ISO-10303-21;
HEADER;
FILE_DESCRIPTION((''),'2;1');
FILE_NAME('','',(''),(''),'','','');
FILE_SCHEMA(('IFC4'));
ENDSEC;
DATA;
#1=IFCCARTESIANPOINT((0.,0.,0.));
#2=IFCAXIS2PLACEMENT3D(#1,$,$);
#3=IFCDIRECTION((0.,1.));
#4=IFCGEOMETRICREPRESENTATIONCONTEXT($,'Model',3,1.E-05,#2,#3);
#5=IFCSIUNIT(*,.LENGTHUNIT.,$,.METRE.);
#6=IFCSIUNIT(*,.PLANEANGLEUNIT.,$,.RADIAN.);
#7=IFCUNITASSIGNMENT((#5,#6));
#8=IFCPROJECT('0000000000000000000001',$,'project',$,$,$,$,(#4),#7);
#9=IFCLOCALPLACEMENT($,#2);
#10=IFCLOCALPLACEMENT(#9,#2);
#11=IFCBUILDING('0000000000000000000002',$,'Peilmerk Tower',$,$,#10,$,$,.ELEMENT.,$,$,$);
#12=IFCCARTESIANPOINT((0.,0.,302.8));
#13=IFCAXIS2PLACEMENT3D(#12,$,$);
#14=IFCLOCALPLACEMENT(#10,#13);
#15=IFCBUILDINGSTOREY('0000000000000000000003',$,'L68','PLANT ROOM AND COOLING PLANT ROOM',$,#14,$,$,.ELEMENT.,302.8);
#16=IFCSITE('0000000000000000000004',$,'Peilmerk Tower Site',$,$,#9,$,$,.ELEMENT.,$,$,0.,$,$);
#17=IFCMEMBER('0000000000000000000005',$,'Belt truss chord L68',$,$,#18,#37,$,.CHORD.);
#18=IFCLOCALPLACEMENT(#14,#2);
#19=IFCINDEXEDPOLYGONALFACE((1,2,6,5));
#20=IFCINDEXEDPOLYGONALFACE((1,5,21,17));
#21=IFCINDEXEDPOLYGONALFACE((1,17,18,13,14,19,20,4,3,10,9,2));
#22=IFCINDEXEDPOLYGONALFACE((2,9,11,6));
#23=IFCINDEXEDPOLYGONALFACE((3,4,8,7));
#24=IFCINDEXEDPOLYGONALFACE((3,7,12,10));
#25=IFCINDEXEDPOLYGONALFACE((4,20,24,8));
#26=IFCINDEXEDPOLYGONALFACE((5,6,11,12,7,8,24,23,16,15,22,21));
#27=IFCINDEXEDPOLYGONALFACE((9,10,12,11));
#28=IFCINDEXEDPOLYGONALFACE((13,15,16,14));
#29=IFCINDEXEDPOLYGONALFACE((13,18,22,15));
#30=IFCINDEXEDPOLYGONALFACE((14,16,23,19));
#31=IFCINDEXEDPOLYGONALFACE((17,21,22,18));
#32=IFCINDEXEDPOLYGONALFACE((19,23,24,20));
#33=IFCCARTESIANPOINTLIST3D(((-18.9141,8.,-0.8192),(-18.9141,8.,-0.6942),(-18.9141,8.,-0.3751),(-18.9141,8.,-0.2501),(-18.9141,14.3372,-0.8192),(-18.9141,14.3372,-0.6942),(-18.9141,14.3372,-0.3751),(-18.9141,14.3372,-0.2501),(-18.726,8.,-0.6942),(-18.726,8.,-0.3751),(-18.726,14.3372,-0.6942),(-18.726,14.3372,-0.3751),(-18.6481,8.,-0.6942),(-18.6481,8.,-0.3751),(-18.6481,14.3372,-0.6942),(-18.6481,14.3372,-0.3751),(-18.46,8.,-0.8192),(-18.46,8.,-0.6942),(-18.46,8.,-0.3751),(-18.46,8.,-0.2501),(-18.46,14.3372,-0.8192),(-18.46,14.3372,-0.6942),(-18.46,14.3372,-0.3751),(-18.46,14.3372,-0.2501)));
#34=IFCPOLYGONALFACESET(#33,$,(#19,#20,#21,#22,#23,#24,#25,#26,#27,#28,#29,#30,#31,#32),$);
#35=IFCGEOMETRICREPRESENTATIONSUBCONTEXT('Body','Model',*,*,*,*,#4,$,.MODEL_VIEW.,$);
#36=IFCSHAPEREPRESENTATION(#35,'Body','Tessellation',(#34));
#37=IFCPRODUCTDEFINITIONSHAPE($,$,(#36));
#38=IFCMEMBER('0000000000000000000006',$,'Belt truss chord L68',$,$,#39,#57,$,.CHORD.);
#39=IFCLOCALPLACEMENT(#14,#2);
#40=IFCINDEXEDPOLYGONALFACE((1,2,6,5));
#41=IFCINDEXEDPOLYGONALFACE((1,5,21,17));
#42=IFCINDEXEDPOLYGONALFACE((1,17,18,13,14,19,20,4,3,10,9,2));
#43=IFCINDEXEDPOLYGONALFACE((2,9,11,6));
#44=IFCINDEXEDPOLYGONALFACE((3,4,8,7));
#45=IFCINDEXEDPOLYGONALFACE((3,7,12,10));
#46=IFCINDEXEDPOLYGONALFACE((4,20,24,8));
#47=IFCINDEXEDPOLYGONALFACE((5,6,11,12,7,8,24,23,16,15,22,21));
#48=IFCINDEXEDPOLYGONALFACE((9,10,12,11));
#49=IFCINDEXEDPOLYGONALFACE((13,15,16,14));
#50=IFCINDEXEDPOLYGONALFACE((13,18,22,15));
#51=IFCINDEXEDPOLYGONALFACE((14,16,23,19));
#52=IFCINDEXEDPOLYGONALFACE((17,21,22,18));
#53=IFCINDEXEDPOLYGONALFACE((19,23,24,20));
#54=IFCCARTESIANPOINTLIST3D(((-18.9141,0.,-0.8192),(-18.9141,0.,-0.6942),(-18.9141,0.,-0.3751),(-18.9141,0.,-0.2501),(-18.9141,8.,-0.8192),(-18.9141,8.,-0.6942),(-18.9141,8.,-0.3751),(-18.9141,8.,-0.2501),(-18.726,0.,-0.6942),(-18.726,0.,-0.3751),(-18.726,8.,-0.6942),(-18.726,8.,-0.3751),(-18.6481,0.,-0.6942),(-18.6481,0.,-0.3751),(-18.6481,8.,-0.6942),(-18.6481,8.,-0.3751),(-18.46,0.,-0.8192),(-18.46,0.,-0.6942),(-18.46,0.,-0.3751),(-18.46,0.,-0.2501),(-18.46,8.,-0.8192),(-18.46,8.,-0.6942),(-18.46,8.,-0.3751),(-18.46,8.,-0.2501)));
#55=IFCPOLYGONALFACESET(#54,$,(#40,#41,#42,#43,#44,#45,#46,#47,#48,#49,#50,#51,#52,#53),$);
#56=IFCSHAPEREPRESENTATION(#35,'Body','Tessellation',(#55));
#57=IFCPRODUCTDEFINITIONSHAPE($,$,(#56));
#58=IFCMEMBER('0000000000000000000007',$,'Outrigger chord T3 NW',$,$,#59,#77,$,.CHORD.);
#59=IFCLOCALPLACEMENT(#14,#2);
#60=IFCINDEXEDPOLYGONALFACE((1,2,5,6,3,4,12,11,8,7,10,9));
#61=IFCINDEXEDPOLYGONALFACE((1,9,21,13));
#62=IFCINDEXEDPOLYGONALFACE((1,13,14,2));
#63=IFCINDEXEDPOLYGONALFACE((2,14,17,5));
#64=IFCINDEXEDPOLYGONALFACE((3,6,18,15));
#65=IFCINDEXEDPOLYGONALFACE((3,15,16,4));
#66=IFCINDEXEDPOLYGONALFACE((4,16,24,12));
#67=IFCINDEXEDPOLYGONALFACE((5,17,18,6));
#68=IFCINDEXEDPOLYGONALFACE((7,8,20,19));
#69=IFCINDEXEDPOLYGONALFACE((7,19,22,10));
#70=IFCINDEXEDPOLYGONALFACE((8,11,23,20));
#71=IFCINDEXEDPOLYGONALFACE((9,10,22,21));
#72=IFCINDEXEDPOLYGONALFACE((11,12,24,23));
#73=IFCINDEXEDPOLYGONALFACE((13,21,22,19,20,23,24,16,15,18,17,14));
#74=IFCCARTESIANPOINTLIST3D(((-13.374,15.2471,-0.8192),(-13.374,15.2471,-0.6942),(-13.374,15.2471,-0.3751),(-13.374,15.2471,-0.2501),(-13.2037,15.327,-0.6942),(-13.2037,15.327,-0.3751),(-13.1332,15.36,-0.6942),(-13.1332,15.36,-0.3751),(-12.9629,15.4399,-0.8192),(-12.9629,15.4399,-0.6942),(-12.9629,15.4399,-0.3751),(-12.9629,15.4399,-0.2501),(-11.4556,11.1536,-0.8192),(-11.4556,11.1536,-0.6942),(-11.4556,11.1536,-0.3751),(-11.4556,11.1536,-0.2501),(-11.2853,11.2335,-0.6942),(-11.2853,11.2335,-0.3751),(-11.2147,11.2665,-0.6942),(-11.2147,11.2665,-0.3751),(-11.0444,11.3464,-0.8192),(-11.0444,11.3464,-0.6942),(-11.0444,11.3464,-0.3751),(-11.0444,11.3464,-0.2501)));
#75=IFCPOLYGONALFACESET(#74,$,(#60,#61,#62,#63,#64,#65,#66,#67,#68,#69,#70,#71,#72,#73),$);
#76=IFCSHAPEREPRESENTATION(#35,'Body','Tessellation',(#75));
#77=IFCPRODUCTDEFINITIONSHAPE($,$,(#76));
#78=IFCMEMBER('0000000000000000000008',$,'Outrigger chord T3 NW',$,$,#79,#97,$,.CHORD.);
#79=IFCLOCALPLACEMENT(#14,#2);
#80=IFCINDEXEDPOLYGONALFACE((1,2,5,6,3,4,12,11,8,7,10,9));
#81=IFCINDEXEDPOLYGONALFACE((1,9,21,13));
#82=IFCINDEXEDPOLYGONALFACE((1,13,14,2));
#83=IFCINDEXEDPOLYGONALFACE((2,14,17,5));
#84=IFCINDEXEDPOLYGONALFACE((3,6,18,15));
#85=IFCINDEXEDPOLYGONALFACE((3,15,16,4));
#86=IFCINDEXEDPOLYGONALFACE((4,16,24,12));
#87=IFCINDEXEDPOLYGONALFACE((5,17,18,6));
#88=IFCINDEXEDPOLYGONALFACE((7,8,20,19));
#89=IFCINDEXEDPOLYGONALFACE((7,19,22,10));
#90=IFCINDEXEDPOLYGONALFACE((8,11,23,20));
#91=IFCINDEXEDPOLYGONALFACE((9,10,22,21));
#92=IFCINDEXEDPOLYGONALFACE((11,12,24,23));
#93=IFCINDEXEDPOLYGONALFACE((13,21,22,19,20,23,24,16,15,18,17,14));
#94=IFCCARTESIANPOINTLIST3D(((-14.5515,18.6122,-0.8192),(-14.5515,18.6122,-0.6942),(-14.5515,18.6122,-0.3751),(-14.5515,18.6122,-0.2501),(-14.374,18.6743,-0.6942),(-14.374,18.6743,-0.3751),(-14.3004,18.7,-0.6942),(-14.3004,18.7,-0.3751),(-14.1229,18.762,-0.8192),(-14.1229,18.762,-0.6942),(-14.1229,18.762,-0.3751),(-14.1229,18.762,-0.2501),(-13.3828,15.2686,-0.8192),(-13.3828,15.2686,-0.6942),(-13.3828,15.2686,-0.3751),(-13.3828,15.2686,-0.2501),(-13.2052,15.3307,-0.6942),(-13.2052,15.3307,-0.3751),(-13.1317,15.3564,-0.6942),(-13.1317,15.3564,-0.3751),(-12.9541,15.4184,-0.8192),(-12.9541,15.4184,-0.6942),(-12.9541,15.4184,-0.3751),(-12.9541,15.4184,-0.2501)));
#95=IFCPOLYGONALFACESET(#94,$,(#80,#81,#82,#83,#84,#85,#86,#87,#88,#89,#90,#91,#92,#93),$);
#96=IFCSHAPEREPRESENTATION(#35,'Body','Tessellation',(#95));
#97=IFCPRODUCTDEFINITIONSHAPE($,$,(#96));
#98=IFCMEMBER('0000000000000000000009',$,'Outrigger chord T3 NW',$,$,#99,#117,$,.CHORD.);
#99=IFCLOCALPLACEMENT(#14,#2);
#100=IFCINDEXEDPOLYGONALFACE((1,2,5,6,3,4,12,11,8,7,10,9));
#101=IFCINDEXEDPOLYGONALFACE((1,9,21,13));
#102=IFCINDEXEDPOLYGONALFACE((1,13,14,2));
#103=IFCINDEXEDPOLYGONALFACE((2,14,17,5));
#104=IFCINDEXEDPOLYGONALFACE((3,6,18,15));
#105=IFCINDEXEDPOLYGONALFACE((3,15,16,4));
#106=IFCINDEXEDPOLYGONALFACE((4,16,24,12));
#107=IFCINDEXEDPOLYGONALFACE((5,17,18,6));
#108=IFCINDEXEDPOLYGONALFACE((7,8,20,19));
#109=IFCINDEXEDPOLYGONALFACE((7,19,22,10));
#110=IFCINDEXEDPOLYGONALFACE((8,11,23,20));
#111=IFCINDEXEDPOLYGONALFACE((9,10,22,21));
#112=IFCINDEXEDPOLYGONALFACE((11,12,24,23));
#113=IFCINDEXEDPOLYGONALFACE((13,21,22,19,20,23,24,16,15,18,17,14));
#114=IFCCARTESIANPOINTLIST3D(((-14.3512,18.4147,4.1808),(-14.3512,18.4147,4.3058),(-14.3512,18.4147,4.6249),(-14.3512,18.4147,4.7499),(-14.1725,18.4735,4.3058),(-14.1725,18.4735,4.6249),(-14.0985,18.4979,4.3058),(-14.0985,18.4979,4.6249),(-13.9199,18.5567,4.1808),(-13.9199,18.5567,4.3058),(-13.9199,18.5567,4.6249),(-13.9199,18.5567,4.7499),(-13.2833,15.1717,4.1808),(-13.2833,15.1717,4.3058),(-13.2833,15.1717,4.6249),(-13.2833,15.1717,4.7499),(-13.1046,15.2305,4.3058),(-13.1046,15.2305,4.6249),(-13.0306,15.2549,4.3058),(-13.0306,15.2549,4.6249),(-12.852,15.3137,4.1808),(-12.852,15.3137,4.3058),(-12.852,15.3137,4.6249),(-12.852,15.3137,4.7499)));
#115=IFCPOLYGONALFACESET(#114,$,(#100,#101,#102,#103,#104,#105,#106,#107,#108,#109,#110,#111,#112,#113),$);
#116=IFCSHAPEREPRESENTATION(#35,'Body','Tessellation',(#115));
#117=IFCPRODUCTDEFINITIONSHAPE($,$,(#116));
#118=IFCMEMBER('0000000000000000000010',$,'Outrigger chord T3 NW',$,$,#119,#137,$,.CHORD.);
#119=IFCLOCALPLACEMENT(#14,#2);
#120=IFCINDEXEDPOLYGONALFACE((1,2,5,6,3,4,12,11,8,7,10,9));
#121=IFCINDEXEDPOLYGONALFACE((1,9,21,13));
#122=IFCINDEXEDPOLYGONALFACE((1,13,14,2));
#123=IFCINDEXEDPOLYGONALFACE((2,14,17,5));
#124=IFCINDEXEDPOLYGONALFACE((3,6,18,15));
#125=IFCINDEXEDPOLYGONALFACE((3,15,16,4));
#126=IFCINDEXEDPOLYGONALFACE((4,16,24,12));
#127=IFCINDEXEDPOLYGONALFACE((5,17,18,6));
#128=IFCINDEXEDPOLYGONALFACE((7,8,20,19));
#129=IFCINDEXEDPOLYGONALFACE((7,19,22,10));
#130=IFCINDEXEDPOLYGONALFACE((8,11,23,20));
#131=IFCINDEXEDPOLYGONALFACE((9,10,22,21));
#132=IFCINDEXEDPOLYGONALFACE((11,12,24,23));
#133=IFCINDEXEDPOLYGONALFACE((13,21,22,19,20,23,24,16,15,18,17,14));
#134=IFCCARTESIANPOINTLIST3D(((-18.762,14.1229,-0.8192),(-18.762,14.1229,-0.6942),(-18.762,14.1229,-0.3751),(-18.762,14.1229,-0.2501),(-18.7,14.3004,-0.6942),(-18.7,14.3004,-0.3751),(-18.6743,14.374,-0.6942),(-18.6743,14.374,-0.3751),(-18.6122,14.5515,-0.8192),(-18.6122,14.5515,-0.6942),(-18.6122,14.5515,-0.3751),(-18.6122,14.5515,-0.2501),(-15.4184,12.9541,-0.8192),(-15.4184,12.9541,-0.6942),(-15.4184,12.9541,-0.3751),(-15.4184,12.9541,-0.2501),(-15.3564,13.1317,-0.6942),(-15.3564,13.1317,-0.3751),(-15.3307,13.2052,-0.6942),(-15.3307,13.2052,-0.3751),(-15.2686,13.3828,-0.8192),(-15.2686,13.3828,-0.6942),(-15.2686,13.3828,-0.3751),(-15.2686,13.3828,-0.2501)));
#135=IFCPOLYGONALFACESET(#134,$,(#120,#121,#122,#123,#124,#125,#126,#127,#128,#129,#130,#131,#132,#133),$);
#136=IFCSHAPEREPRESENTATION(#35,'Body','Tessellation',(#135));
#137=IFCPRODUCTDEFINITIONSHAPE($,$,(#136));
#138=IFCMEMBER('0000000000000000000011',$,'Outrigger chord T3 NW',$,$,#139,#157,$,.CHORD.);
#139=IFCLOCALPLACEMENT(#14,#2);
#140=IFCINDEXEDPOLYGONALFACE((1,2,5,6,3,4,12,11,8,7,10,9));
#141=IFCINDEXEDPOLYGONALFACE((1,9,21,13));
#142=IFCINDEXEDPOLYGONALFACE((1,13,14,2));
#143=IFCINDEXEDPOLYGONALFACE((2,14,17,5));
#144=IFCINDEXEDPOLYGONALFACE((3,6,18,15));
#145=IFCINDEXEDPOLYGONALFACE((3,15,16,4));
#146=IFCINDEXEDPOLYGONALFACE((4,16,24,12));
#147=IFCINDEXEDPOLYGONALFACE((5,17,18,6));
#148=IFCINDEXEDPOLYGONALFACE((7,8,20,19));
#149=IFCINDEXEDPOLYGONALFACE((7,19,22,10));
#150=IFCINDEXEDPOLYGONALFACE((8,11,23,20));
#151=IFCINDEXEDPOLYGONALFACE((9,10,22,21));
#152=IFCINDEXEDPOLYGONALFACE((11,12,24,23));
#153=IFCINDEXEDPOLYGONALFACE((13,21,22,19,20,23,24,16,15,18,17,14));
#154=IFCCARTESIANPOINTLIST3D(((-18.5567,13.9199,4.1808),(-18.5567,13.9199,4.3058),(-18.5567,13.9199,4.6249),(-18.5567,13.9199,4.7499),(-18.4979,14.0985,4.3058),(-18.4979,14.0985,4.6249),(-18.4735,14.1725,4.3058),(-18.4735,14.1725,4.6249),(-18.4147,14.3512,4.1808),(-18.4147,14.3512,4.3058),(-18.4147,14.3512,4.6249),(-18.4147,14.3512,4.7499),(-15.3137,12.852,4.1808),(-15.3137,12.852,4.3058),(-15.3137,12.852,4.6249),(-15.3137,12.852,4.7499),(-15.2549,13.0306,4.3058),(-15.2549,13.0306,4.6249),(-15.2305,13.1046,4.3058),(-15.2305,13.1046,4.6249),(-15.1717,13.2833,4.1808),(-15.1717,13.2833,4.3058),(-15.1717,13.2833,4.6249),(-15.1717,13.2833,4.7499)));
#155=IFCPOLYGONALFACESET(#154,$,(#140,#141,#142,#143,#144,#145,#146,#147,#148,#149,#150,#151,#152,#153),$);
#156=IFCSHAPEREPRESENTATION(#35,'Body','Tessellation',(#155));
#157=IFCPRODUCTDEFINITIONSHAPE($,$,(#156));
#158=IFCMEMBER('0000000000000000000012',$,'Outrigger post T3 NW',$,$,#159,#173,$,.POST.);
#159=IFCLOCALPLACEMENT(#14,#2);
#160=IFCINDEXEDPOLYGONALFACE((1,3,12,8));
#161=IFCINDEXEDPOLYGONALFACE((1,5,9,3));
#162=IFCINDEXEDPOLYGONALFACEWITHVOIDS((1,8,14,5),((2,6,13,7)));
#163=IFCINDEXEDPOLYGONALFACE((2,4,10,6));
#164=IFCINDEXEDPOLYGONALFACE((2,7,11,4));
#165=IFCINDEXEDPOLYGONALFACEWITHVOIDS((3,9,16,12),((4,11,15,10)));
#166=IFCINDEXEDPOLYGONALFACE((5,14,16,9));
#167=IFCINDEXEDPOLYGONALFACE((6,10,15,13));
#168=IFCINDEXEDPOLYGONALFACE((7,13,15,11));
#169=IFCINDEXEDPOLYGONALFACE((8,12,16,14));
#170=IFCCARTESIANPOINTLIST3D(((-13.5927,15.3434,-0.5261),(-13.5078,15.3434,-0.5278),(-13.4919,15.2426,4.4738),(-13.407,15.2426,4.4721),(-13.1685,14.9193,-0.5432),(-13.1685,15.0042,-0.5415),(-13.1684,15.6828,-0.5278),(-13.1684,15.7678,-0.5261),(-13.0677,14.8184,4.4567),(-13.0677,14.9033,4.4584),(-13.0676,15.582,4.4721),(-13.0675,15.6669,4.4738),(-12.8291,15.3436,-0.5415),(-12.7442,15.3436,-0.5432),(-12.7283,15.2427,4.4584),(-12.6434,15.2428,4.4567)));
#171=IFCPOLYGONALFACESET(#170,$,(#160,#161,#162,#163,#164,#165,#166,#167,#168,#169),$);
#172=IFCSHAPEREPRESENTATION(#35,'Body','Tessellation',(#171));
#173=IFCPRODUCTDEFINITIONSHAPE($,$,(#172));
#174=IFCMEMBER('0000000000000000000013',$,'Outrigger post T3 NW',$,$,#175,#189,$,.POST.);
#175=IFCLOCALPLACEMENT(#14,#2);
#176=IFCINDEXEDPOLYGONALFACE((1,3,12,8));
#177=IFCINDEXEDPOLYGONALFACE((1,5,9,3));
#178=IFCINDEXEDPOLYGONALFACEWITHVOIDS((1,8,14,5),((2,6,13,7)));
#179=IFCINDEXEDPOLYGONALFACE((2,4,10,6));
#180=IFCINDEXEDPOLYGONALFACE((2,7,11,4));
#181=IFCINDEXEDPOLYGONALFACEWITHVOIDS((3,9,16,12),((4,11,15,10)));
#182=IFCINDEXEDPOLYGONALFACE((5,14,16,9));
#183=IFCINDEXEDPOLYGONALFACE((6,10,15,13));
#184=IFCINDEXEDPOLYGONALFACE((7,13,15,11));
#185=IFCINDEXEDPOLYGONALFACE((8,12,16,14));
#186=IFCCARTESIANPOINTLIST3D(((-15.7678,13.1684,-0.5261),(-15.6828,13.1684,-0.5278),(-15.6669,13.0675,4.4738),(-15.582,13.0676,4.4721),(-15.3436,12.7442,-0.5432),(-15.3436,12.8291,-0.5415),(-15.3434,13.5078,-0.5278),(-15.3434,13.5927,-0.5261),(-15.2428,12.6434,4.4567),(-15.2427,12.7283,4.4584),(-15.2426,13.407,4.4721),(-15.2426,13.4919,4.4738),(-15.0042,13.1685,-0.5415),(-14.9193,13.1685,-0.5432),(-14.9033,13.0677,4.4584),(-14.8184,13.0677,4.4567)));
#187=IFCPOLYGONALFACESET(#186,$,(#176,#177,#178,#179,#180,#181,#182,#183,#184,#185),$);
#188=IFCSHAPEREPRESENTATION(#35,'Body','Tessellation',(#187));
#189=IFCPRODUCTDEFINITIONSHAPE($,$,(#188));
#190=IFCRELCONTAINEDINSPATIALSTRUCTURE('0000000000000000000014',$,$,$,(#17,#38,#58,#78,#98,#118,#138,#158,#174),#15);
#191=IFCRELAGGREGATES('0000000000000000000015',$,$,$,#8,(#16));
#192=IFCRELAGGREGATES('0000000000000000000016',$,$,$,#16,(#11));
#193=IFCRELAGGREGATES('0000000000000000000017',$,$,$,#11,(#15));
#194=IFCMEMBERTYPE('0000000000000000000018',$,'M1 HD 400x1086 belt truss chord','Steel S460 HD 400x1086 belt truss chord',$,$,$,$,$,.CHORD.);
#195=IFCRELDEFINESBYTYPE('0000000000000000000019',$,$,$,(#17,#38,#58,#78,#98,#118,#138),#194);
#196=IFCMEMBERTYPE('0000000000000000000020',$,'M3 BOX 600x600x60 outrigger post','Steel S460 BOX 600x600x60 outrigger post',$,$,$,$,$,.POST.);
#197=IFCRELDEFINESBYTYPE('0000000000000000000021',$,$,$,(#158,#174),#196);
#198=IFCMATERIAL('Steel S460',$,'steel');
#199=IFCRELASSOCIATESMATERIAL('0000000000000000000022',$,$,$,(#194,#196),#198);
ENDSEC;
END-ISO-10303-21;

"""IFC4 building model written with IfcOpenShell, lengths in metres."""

from ifc_helpers import new_model, si_unit, direction, frame, origin, origin_2d, place, context, subcontext, project, spatial, hollow_rectangle, i_section, extrude, material, material_profile, profile_set, type_object, element, save


model = new_model("IFC4")

# Units and contexts
model_context = context("Model", 3, precision=1e-05, world=origin(), true_north=direction((0.0, 1.0)))
body_context = subcontext(model_context, "Body", "Model", "MODEL_VIEW")
ifc_project = project(units=[si_unit("LENGTHUNIT", "METRE"), si_unit("PLANEANGLEUNIT", "RADIAN")], contexts=[model_context])

# Site, building, storey
site_placement = place(None, origin())
site = spatial("IfcSite", under=ifc_project, at=site_placement, Name="Peilmerk Tower Site", CompositionType="ELEMENT", RefElevation=0.0)
building_placement = place(site_placement, origin())
building = spatial("IfcBuilding", under=site, at=building_placement, Name="Peilmerk Tower", CompositionType="ELEMENT")
storey_placement = place(building_placement, frame((0.0, 0.0, 302.8)))
storey = spatial("IfcBuildingStorey", under=building, at=storey_placement, Name="L68", Description="PLANT ROOM AND COOLING PLANT ROOM", CompositionType="ELEMENT", Elevation=302.8)

# Shared definitions
ifc_material_1 = material(Name="Steel S460", Category="steel")

# Members
ifc_material_profile_1 = material_profile(ifc_material_1, i_section(OverallWidth=0.4541, OverallDepth=0.5691, WebThickness=0.0779, FlangeThickness=0.125, at=origin_2d()), Name="HD 400x1086")
ifc_profile_set_1 = profile_set([ifc_material_profile_1], Name="Steel S460")
member_type_1 = type_object("IfcMemberType", Name="M1 HD 400x1086 belt truss chord", Description="Steel S460 HD 400x1086 belt truss chord", PredefinedType="CHORD", material=ifc_profile_set_1)
member_1_placement = place(storey_placement, frame((-18.687, 14.3372, -0.5347), z_axis=(0.0, -1.0, 0.0), x_axis=(1.0, 0.0, 0.0)))
element("IfcMember", 1, at=member_1_placement, inside=storey, type_object=member_type_1, Name="Belt truss chord L68", PredefinedType="CHORD", context=body_context, shape_type="SweptSolid", body=[
    extrude(i_section(OverallWidth=0.4541, OverallDepth=0.5691, WebThickness=0.0779, FlangeThickness=0.125, at=origin_2d()), origin(), (0.0, 0.0, 1.0), 6.3372),
])
member_2_placement = place(storey_placement, frame((-18.687, 8.0, -0.5347), z_axis=(0.0, -1.0, 0.0), x_axis=(1.0, 0.0, 0.0)))
element("IfcMember", 2, at=member_2_placement, inside=storey, type_object=member_type_1, Name="Belt truss chord L68", PredefinedType="CHORD", context=body_context, shape_type="SweptSolid", body=[
    extrude(i_section(OverallWidth=0.4541, OverallDepth=0.5691, WebThickness=0.0779, FlangeThickness=0.125, at=origin_2d()), origin(), (0.0, 0.0, 1.0), 8.0),
])
member_3_placement = place(storey_placement, frame((-11.25, 11.25, -0.5347), z_axis=(-0.424366, 0.905491, 0.0), x_axis=(-0.905491, -0.424366, 0.0)))
element("IfcMember", 3, at=member_3_placement, inside=storey, type_object=member_type_1, Name="Outrigger chord T3 NW", PredefinedType="CHORD", context=body_context, shape_type="SweptSolid", body=[
    extrude(i_section(OverallWidth=0.4541, OverallDepth=0.5691, WebThickness=0.0779, FlangeThickness=0.125, at=origin_2d()), origin(), (0.0, 0.0, 1.0), 4.5208),
])
member_4_placement = place(storey_placement, frame((-13.1685, 15.3435, -0.5347), z_axis=(-0.329967, 0.943993, 0.0), x_axis=(-0.943993, -0.329967, 0.0)))
element("IfcMember", 4, at=member_4_placement, inside=storey, type_object=member_type_1, Name="Outrigger chord T3 NW", PredefinedType="CHORD", context=body_context, shape_type="SweptSolid", body=[
    extrude(i_section(OverallWidth=0.4541, OverallDepth=0.5691, WebThickness=0.0779, FlangeThickness=0.125, at=origin_2d()), origin(), (0.0, 0.0, 1.0), 3.542),
])
member_5_placement = place(storey_placement, frame((-13.0676, 15.2427, 4.4653), z_axis=(-0.312772, 0.949828, 0.0), x_axis=(-0.949828, -0.312772, 0.0)))
element("IfcMember", 5, at=member_5_placement, inside=storey, type_object=member_type_1, Name="Outrigger chord T3 NW", PredefinedType="CHORD", context=body_context, shape_type="SweptSolid", body=[
    extrude(i_section(OverallWidth=0.4541, OverallDepth=0.5691, WebThickness=0.0779, FlangeThickness=0.125, at=origin_2d()), origin(), (0.0, 0.0, 1.0), 3.4143),
])
member_6_placement = place(storey_placement, frame((-15.3435, 13.1685, -0.5347), z_axis=(-0.943993, 0.329967, 0.0), x_axis=(-0.329967, -0.943993, 0.0)))
element("IfcMember", 6, at=member_6_placement, inside=storey, type_object=member_type_1, Name="Outrigger chord T3 NW", PredefinedType="CHORD", context=body_context, shape_type="SweptSolid", body=[
    extrude(i_section(OverallWidth=0.4541, OverallDepth=0.5691, WebThickness=0.0779, FlangeThickness=0.125, at=origin_2d()), origin(), (0.0, 0.0, 1.0), 3.542),
])
member_7_placement = place(storey_placement, frame((-15.2427, 13.0676, 4.4653), z_axis=(-0.949828, 0.312772, 0.0), x_axis=(-0.312772, -0.949828, 0.0)))
element("IfcMember", 7, at=member_7_placement, inside=storey, type_object=member_type_1, Name="Outrigger chord T3 NW", PredefinedType="CHORD", context=body_context, shape_type="SweptSolid", body=[
    extrude(i_section(OverallWidth=0.4541, OverallDepth=0.5691, WebThickness=0.0779, FlangeThickness=0.125, at=origin_2d()), origin(), (0.0, 0.0, 1.0), 3.4143),
])
ifc_material_profile_2 = material_profile(ifc_material_1, hollow_rectangle(XDim=0.6001, YDim=0.6001, WallThickness=0.0601, at=origin_2d()), Name="BOX 600x600x60")
ifc_profile_set_2 = profile_set([ifc_material_profile_2], Name="Steel S460")
member_type_2 = type_object("IfcMemberType", Name="M3 BOX 600x600x60 outrigger post", Description="Steel S460 BOX 600x600x60 outrigger post", PredefinedType="POST", material=ifc_profile_set_2)
for number, where, z_axis, x_axis, name in (
    (8, (-13.1685, 15.3435, -0.5347), (0.020158, -0.020158, 0.999594), (0.707107, 0.707107, 0.0), "Outrigger post T3 NW"),
    (9, (-15.3435, 13.1685, -0.5347), (0.020158, -0.020158, 0.999594), (0.707107, 0.707107, 0.0), "Outrigger post T3 NW"),
):
    element("IfcMember", number, at=place(storey_placement, frame(where, z_axis=z_axis, x_axis=x_axis)), inside=storey, type_object=member_type_2, Name=name, PredefinedType="POST", context=body_context, shape_type="SweptSolid", body=[
        extrude(hollow_rectangle(XDim=0.6001, YDim=0.6001, WallThickness=0.0601, at=origin_2d()), origin(), (0.0, 0.0, 1.0), 5.002),
    ])

save(model, "model.ifc")
